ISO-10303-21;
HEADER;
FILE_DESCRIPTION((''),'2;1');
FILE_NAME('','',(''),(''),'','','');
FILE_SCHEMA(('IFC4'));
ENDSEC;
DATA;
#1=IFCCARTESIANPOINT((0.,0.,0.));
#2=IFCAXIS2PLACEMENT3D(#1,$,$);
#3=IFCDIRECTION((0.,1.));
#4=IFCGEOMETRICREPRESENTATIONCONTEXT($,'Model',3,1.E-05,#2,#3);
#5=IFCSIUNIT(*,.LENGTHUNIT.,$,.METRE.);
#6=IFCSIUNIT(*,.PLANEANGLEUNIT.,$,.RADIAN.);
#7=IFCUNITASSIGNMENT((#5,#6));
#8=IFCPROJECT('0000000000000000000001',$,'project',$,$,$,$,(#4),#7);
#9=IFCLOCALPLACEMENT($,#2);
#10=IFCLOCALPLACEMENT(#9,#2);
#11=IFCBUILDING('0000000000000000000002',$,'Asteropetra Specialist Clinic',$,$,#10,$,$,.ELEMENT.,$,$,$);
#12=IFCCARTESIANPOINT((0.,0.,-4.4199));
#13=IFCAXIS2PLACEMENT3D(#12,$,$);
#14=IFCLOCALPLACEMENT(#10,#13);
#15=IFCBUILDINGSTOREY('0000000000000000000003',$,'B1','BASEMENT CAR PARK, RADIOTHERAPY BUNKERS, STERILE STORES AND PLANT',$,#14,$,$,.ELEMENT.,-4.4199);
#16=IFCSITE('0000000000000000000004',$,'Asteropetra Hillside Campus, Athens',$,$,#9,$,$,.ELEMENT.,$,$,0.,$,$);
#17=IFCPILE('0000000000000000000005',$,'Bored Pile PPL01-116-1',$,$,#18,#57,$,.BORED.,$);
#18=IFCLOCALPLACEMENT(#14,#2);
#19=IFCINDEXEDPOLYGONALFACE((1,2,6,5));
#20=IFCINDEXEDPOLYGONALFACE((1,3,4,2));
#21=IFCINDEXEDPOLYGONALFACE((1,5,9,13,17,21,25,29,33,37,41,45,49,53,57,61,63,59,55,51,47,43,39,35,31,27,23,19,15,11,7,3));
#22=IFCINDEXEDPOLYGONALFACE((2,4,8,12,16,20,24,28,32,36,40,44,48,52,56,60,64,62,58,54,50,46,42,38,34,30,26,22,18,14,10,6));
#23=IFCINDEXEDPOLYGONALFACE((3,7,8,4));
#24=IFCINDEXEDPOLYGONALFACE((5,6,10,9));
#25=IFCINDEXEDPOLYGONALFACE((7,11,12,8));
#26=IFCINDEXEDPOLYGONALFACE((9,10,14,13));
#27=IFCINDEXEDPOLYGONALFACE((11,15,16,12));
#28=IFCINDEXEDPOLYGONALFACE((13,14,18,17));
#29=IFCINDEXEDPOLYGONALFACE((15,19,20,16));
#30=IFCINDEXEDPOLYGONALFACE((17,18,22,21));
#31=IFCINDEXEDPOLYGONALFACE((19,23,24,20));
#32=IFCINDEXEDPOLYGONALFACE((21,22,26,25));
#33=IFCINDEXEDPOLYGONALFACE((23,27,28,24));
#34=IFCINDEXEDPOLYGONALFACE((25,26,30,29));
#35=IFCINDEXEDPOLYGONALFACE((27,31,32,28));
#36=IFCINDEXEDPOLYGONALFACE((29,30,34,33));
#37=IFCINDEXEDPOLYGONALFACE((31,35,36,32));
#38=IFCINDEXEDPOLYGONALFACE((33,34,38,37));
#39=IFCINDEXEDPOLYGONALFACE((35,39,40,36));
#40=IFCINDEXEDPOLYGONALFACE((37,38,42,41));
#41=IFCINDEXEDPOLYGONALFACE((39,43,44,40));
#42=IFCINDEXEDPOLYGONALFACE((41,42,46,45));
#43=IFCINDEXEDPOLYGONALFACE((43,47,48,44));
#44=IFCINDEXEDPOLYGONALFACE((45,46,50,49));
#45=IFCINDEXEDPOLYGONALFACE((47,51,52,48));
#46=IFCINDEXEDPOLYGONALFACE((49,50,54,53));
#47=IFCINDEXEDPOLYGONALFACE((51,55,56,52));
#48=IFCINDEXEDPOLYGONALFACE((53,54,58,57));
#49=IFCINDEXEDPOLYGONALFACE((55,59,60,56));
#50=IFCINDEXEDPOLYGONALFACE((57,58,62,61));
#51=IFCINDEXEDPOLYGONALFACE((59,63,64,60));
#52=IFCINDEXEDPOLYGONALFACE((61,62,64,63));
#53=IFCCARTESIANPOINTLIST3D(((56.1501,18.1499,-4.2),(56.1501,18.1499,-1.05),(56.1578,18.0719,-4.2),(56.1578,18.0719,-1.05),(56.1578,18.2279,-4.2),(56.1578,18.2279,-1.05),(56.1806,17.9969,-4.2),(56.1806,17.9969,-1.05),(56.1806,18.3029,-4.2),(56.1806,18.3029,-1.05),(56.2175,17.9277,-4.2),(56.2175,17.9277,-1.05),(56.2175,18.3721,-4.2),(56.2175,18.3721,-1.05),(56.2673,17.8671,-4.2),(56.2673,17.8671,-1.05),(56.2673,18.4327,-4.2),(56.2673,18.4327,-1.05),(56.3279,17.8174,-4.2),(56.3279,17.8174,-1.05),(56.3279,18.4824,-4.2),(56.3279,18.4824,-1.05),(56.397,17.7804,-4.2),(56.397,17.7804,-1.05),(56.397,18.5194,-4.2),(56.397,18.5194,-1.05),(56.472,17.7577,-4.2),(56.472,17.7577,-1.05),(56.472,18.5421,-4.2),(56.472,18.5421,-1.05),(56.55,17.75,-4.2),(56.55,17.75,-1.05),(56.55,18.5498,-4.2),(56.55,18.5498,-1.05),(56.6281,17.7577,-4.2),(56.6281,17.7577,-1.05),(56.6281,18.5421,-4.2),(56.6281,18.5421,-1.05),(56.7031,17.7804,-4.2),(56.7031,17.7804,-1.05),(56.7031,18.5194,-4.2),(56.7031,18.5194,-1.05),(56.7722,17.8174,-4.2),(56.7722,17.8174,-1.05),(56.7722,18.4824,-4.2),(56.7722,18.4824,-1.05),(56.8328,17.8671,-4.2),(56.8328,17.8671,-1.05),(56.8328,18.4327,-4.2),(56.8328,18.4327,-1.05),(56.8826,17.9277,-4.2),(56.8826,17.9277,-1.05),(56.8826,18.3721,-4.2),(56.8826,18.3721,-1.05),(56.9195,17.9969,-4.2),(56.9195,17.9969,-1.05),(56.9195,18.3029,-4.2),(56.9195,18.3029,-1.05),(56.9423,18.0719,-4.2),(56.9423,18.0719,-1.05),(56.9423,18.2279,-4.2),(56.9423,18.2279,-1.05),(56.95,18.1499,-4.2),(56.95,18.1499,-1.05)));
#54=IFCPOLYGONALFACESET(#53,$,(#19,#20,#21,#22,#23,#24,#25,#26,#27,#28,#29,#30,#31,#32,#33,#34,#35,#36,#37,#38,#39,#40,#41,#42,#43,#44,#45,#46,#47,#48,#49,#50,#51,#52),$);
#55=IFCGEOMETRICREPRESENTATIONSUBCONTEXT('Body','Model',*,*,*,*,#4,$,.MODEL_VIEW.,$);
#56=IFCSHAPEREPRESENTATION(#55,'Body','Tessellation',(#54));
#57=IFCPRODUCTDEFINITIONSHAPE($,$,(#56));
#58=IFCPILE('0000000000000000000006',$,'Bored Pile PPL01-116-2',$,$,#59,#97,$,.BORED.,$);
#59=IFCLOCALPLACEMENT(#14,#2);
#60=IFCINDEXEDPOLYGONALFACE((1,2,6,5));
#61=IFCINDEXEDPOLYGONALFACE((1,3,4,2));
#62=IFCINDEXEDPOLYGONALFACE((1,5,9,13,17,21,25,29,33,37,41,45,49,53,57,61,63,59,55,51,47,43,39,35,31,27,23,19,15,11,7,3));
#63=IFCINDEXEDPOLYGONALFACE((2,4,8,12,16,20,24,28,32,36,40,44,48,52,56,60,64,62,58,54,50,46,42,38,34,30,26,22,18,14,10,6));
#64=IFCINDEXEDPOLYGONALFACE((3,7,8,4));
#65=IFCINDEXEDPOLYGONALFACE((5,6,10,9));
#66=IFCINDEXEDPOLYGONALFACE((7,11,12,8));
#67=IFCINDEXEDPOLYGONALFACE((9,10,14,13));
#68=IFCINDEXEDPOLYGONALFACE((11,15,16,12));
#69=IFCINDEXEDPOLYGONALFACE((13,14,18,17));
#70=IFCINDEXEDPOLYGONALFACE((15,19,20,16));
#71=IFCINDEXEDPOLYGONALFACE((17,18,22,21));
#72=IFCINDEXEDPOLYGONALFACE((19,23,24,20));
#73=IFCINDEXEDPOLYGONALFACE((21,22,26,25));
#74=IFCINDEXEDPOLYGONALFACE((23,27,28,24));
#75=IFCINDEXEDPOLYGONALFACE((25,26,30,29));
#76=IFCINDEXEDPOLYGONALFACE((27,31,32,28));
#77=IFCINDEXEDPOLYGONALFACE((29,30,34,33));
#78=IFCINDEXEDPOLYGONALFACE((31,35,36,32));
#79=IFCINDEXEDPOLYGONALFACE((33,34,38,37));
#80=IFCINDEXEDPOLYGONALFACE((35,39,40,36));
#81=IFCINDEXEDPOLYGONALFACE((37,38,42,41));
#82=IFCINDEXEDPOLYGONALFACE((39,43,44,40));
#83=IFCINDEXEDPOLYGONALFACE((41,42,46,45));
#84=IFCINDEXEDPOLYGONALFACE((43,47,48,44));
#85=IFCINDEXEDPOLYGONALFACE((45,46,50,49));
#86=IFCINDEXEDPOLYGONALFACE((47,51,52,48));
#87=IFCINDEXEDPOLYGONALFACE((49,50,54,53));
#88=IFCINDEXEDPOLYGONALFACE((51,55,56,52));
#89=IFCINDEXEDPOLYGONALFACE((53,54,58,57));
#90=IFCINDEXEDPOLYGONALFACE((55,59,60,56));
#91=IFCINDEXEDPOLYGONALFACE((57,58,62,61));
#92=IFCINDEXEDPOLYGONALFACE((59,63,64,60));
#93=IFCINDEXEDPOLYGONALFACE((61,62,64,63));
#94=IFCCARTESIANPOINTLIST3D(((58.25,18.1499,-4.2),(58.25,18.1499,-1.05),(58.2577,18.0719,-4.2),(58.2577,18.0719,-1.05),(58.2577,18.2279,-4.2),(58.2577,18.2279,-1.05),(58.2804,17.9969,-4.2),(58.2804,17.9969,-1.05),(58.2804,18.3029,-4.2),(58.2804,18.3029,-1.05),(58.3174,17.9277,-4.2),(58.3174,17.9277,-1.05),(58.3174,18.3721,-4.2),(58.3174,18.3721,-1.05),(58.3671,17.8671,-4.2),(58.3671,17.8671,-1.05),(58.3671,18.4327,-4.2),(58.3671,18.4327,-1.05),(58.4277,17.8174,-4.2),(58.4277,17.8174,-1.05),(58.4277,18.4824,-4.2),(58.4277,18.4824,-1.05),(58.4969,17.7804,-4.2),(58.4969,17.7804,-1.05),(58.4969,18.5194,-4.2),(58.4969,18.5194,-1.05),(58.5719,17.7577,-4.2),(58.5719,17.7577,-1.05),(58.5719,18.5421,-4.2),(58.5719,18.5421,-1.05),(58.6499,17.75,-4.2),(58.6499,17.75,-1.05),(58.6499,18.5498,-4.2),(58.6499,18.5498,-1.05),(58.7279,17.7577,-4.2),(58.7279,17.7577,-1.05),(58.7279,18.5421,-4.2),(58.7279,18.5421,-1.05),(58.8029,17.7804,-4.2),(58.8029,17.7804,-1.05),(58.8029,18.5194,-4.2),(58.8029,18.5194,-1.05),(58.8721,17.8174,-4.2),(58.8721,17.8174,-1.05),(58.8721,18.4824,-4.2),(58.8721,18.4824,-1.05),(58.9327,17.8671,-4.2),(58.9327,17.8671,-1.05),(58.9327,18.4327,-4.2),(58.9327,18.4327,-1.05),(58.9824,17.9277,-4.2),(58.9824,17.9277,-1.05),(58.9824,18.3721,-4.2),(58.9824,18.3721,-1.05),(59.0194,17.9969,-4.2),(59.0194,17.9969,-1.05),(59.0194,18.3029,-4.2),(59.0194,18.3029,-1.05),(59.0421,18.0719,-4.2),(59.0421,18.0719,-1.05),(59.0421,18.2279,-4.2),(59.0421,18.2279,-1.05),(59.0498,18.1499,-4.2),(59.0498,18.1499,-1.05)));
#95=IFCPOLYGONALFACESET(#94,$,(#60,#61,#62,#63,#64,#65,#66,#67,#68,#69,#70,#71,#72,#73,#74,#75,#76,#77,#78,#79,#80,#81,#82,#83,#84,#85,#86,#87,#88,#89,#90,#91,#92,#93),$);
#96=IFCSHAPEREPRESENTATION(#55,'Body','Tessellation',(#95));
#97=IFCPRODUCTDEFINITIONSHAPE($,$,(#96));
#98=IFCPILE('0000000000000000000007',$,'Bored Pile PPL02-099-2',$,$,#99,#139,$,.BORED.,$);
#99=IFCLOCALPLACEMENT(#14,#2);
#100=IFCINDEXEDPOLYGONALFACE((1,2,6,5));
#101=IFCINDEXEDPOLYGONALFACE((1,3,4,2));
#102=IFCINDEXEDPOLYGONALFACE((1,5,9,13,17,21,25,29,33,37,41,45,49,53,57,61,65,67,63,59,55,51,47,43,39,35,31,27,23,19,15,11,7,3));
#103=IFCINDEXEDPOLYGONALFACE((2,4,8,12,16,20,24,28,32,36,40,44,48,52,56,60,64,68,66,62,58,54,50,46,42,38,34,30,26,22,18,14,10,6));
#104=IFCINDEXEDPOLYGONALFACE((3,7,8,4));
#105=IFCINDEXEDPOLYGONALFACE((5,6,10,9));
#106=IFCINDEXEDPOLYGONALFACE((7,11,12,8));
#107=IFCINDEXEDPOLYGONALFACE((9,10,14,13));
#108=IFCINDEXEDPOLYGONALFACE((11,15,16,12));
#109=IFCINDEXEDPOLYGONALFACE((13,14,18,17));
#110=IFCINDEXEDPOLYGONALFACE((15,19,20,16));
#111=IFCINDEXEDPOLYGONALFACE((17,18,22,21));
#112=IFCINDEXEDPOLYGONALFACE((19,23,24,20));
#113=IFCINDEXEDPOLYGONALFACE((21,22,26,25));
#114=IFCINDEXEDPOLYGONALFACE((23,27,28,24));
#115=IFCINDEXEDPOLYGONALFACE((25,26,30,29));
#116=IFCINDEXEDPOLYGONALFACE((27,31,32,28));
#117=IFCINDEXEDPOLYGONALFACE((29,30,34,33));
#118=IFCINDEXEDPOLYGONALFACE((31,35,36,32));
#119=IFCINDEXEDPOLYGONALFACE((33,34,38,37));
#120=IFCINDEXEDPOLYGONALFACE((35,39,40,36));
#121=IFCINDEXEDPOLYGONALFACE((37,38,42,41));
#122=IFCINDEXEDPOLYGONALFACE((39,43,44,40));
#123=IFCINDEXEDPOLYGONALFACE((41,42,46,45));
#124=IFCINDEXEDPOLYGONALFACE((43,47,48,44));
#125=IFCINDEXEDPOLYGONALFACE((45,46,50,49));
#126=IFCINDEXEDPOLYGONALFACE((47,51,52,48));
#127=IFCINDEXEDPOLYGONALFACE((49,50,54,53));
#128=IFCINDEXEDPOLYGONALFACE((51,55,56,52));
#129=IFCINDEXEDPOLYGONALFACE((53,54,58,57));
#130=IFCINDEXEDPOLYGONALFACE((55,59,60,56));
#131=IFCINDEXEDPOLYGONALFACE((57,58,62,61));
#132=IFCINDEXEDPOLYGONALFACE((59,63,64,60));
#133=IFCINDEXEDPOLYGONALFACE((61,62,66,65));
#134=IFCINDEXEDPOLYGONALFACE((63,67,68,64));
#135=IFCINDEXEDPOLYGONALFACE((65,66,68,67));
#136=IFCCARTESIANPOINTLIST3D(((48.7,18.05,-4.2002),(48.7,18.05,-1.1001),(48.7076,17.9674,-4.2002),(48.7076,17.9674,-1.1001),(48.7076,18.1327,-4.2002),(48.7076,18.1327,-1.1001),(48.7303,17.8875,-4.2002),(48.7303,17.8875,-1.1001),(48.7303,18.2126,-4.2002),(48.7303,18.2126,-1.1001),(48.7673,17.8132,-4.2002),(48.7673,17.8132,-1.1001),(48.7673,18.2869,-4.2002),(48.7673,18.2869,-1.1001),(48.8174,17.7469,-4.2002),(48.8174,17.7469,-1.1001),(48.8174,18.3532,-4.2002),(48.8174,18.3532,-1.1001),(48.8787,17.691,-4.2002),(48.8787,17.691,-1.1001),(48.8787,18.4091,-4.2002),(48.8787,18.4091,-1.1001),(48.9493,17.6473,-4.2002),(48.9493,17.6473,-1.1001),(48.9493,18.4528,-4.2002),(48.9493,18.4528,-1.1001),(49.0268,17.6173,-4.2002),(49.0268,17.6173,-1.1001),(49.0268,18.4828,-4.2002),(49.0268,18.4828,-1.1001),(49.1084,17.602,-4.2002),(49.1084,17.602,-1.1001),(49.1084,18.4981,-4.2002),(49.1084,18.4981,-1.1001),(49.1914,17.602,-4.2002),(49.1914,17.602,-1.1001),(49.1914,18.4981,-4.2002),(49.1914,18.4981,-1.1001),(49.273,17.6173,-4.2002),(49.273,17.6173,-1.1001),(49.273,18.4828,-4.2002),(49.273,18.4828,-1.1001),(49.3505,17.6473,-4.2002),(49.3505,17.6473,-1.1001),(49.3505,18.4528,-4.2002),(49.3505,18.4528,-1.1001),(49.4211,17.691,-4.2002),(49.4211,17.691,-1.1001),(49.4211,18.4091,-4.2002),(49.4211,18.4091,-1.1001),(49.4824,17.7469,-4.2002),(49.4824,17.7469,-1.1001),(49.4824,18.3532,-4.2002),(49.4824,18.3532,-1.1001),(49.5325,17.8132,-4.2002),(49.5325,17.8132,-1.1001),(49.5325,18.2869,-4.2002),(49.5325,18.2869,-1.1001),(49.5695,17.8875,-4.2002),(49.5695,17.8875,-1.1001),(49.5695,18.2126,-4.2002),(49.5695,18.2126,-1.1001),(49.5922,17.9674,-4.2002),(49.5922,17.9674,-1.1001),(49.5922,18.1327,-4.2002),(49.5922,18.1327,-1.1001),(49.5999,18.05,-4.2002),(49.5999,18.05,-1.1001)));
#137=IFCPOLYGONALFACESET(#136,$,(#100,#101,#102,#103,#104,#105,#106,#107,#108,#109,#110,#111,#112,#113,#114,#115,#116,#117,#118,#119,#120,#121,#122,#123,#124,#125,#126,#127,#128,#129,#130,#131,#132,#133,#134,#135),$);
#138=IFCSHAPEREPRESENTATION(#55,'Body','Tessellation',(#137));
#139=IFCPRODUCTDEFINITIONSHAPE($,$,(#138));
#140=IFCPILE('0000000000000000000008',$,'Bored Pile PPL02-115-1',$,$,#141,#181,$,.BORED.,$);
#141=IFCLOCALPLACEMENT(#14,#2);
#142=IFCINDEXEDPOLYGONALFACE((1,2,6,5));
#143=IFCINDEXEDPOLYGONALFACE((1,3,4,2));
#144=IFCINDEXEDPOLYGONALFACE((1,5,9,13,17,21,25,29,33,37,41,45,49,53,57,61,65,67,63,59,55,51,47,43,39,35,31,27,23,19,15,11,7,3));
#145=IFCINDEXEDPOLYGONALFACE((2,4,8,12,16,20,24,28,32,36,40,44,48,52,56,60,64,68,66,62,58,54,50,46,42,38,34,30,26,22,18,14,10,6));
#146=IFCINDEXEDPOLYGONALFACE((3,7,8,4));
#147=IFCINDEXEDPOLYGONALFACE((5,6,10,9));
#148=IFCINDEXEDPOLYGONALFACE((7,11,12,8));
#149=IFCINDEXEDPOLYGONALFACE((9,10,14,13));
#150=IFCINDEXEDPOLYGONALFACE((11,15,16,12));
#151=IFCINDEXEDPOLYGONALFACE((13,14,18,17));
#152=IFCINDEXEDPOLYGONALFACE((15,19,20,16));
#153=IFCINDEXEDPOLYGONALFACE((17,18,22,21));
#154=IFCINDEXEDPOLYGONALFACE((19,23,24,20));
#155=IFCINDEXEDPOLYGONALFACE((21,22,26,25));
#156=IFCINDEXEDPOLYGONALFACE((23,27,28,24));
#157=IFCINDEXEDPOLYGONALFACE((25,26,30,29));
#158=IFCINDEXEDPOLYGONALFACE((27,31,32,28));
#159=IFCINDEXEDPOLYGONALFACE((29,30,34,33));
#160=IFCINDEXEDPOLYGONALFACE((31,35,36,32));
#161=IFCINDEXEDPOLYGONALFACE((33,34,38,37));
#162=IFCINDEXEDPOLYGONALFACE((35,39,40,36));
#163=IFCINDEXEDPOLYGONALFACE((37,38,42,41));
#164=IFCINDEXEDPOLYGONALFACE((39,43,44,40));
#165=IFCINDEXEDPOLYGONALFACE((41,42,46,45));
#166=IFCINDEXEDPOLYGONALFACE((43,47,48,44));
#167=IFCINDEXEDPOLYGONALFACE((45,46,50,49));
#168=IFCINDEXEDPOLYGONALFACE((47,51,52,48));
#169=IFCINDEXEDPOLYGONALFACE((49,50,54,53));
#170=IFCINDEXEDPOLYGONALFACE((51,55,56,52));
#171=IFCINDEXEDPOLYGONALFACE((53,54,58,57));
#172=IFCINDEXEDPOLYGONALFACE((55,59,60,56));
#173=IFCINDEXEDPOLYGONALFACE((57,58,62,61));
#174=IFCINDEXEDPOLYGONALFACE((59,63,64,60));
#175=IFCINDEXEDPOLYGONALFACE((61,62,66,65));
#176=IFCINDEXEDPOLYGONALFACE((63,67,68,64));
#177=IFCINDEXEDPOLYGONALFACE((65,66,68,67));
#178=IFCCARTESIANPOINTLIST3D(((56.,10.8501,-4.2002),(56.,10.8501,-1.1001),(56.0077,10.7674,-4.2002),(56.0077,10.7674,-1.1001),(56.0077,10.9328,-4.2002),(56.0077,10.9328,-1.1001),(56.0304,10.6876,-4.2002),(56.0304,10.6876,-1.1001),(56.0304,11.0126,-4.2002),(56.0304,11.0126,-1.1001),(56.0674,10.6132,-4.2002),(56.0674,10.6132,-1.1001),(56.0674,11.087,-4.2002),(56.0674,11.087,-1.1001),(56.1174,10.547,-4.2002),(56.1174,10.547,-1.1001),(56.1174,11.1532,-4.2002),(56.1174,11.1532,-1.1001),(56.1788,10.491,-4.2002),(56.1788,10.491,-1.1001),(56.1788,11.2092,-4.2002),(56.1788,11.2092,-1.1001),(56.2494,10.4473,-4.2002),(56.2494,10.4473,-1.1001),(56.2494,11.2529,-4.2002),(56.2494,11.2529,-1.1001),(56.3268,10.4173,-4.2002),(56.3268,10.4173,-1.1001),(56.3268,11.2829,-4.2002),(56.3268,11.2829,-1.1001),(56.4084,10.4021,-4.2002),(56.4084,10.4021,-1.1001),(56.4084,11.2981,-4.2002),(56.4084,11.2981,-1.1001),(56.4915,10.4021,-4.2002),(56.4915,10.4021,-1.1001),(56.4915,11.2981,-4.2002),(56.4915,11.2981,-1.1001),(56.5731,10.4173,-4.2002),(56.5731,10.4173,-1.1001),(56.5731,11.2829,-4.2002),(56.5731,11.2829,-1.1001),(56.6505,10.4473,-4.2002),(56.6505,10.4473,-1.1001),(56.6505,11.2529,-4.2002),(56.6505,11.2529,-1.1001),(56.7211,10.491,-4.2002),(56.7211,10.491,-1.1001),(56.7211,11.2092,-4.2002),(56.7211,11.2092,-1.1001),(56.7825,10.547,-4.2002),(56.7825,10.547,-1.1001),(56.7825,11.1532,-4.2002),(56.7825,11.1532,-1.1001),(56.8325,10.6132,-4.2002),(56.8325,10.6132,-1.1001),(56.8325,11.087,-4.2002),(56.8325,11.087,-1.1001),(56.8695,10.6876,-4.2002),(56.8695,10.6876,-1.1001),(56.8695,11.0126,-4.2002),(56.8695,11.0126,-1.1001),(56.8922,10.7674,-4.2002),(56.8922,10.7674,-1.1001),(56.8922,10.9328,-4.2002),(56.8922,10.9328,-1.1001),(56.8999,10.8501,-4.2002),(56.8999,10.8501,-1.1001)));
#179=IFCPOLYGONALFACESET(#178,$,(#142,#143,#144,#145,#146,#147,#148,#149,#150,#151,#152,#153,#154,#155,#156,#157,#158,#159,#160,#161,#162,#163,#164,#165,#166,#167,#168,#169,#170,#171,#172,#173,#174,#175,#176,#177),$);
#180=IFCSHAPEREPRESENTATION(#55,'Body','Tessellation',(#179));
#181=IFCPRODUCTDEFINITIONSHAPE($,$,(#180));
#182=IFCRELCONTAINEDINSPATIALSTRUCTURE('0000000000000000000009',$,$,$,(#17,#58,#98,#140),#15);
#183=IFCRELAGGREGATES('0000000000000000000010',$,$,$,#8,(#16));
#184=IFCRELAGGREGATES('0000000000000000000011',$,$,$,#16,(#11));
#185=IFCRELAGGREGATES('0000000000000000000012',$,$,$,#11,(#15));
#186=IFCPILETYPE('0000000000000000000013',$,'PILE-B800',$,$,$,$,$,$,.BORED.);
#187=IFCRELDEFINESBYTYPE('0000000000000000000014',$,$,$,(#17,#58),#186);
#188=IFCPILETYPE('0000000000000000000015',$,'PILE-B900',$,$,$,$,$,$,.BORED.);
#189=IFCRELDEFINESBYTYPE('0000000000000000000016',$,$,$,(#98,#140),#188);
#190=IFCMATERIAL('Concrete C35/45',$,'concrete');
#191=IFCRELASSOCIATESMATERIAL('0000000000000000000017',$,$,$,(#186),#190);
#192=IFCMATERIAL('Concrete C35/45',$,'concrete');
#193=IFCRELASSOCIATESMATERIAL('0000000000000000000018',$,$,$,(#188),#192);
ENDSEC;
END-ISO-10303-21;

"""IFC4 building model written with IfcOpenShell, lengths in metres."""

from ifc_helpers import new_model, si_unit, direction, frame, origin, origin_2d, place, context, subcontext, project, spatial, circle, extrude, material, material_profile, profile_set, type_object, element, save


model = new_model("IFC4")

# Units and contexts
model_context = context("Model", 3, precision=1e-05, world=origin(), true_north=direction((0.0, 1.0)))
body_context = subcontext(model_context, "Body", "Model", "MODEL_VIEW")
ifc_project = project(units=[si_unit("LENGTHUNIT", "METRE"), si_unit("PLANEANGLEUNIT", "RADIAN")], contexts=[model_context])

# Site, building, storey
site_placement = place(None, origin())
site = spatial("IfcSite", under=ifc_project, at=site_placement, Name="Asteropetra Hillside Campus, Athens", CompositionType="ELEMENT", RefElevation=0.0)
building_placement = place(site_placement, origin())
building = spatial("IfcBuilding", under=site, at=building_placement, Name="Asteropetra Specialist Clinic", CompositionType="ELEMENT")
storey_placement = place(building_placement, frame((0.0, 0.0, -4.4199)))
storey = spatial("IfcBuildingStorey", under=building, at=storey_placement, Name="B1", Description="BASEMENT CAR PARK, RADIOTHERAPY BUNKERS, STERILE STORES AND PLANT", CompositionType="ELEMENT", Elevation=-4.4199)

# Piles
ifc_material_1 = material(Name="Concrete C35/45", Category="concrete")
ifc_material_profile_1 = material_profile(ifc_material_1, circle(Radius=0.3999, at=origin_2d()), Name="PILE D800")
ifc_profile_set_1 = profile_set([ifc_material_profile_1], Name="Concrete C35/45")
pile_type_1 = type_object("IfcPileType", Name="PILE-B800", PredefinedType="BORED", material=ifc_profile_set_1)
for number, where, z_axis, x_axis, name in (
    (1, (56.55, 18.1499, -1.05), (0.0, 0.0, -1.0), (1.0, 0.0, 0.0), "Bored Pile PPL01-116-1"),
    (2, (58.6499, 18.1499, -1.05), (0.0, 0.0, -1.0), (1.0, 0.0, 0.0), "Bored Pile PPL01-116-2"),
):
    element("IfcPile", number, at=place(storey_placement, frame(where, z_axis=z_axis, x_axis=x_axis)), inside=storey, type_object=pile_type_1, Name=name, PredefinedType="BORED", context=body_context, shape_type="SweptSolid", body=[
        extrude(circle(Radius=0.3999, at=origin_2d()), origin(), (0.0, 0.0, 1.0), 3.1499),
    ])
ifc_material_2 = material(Name="Concrete C35/45", Category="concrete")
ifc_material_profile_2 = material_profile(ifc_material_2, circle(Radius=0.45, at=origin_2d()), Name="PILE D900")
ifc_profile_set_2 = profile_set([ifc_material_profile_2], Name="Concrete C35/45")
pile_type_2 = type_object("IfcPileType", Name="PILE-B900", PredefinedType="BORED", material=ifc_profile_set_2)
for number, where, z_axis, x_axis, name in (
    (3, (49.1499, 18.05, -1.1001), (0.0, 0.0, -1.0), (1.0, 0.0, 0.0), "Bored Pile PPL02-099-2"),
    (4, (56.45, 10.8501, -1.1001), (0.0, 0.0, -1.0), (1.0, 0.0, 0.0), "Bored Pile PPL02-115-1"),
):
    element("IfcPile", number, at=place(storey_placement, frame(where, z_axis=z_axis, x_axis=x_axis)), inside=storey, type_object=pile_type_2, Name=name, PredefinedType="BORED", context=body_context, shape_type="SweptSolid", body=[
        extrude(circle(Radius=0.45, at=origin_2d()), origin(), (0.0, 0.0, 1.0), 3.1001),
    ])

save(model, "model.ifc")
